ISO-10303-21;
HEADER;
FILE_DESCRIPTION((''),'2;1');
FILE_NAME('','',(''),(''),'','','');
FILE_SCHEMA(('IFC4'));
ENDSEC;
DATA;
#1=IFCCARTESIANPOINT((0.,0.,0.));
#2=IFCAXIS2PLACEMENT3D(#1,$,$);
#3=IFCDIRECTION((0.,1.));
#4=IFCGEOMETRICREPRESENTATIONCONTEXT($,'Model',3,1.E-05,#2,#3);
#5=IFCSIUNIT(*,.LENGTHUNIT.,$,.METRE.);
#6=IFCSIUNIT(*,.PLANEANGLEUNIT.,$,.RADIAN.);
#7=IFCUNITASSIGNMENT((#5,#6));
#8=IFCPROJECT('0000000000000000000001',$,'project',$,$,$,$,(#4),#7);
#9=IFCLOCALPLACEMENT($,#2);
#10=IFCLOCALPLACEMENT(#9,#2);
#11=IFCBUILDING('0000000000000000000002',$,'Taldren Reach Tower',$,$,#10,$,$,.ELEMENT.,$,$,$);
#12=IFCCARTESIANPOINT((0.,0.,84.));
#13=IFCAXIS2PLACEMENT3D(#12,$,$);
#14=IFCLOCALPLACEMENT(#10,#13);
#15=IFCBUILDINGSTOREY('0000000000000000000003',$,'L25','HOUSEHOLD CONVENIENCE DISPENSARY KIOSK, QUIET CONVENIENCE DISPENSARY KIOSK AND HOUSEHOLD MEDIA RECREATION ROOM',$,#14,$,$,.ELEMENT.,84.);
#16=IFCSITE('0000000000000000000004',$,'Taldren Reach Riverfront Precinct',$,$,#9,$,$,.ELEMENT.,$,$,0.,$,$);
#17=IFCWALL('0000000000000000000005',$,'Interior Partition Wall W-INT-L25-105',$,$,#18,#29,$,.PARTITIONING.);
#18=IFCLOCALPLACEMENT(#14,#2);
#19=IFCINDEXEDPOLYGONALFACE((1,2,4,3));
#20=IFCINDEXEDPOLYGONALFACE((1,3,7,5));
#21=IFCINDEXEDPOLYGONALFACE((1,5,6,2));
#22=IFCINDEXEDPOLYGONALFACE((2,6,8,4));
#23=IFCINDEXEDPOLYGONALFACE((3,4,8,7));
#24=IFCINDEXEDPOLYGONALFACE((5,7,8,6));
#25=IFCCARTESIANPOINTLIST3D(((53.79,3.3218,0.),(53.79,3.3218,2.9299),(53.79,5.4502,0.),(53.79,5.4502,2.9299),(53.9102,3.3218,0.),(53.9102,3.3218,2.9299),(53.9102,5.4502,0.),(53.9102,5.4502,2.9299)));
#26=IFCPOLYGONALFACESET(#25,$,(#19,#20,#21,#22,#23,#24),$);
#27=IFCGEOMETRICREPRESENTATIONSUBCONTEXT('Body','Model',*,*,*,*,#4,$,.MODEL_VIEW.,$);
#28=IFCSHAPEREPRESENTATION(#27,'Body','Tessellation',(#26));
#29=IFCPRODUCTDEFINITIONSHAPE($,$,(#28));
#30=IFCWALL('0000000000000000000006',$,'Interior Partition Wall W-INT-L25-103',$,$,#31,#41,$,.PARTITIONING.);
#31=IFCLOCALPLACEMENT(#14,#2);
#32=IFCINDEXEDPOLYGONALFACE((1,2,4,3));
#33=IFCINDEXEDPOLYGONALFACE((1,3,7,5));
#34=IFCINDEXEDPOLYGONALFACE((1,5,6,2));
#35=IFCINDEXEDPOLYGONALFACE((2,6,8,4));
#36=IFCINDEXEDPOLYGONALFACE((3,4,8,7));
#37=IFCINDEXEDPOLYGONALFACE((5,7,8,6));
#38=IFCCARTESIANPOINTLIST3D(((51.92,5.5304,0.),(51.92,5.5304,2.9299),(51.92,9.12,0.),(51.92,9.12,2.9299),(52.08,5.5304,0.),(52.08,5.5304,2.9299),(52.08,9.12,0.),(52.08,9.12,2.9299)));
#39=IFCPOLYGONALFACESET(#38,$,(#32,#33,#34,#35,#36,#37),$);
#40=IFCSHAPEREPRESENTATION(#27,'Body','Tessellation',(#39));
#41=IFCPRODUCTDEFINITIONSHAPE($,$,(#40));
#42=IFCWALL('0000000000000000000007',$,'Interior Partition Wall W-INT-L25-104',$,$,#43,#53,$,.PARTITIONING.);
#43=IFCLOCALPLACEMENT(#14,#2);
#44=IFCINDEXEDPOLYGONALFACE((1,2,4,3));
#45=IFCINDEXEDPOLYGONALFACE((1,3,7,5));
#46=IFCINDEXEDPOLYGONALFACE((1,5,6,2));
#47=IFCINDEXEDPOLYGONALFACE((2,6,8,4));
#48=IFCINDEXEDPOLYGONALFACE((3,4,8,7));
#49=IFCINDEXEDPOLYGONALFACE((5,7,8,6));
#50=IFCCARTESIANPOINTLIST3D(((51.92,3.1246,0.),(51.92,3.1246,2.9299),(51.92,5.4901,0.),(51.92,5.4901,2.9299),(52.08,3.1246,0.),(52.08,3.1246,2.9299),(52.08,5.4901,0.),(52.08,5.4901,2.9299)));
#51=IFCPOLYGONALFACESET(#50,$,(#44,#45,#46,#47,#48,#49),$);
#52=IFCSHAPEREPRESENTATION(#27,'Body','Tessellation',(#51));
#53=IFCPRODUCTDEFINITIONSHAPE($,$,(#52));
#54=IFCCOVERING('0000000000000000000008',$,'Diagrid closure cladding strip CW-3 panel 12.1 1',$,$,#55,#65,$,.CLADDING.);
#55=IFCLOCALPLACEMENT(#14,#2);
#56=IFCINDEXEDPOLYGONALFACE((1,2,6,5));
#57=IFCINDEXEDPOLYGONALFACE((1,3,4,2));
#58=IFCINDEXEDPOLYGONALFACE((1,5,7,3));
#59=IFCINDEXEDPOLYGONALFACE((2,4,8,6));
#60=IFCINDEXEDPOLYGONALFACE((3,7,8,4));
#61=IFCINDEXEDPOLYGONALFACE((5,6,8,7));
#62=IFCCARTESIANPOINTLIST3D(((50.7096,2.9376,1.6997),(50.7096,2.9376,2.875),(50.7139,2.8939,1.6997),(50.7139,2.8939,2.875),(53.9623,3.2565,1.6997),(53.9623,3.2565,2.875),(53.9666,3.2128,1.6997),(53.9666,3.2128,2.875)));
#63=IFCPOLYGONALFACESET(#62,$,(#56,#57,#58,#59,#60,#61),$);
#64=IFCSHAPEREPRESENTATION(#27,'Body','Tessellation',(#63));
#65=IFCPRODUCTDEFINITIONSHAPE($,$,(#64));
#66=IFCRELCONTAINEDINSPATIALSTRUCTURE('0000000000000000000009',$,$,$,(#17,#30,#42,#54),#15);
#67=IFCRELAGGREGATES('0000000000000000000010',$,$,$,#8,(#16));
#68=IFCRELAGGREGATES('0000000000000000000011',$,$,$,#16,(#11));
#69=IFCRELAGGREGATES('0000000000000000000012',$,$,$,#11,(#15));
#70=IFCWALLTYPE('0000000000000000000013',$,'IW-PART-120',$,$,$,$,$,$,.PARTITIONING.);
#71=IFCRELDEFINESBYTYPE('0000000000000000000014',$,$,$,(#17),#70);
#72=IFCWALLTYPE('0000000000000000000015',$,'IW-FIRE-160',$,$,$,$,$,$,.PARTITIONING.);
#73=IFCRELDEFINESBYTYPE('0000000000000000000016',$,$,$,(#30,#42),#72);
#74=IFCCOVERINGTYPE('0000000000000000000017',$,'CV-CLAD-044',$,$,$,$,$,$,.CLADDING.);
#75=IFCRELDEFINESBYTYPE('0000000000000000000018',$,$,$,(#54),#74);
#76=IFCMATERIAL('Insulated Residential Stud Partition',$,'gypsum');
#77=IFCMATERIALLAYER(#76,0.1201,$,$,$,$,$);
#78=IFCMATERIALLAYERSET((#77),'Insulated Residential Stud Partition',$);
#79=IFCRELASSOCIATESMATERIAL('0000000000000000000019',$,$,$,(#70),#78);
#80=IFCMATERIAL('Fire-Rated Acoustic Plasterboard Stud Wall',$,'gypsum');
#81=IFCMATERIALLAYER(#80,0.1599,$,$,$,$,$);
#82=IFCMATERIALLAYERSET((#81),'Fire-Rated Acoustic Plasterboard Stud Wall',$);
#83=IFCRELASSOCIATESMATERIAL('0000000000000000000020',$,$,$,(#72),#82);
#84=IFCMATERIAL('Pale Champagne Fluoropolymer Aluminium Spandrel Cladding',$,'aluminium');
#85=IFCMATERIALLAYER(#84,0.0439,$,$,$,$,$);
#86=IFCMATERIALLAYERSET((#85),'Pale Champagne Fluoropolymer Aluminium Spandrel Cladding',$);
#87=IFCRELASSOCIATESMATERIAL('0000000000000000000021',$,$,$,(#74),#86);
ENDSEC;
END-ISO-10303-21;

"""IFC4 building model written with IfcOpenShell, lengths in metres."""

from ifc_helpers import new_model, si_unit, direction, frame, frame_2d, origin, origin_2d, place, context, subcontext, project, spatial, rectangle, extrude, source, transform, mapped, material, layer, layer_set, type_object, element, save


model = new_model("IFC4")

# Units and contexts
model_context = context("Model", 3, precision=1e-05, world=origin(), true_north=direction((0.0, 1.0)))
body_context = subcontext(model_context, "Body", "Model", "MODEL_VIEW")
ifc_project = project(units=[si_unit("LENGTHUNIT", "METRE"), si_unit("PLANEANGLEUNIT", "RADIAN")], contexts=[model_context])

# Site, building, storey
site_placement = place(None, origin())
site = spatial("IfcSite", under=ifc_project, at=site_placement, Name="Taldren Reach Riverfront Precinct", CompositionType="ELEMENT", RefElevation=0.0)
building_placement = place(site_placement, origin())
building = spatial("IfcBuilding", under=site, at=building_placement, Name="Taldren Reach Tower", CompositionType="ELEMENT")
storey_placement = place(building_placement, frame((0.0, 0.0, 84.0)))
storey = spatial("IfcBuildingStorey", under=building, at=storey_placement, Name="L25", Description="HOUSEHOLD CONVENIENCE DISPENSARY KIOSK, QUIET CONVENIENCE DISPENSARY KIOSK AND HOUSEHOLD MEDIA RECREATION ROOM", CompositionType="ELEMENT", Elevation=84.0)

# Shared definitions
ifc_material_1 = material(Name="Insulated Residential Stud Partition", Category="gypsum")
ifc_layer_1 = layer(ifc_material_1, 0.1201)
ifc_layer_set_1 = layer_set([ifc_layer_1], Name="Insulated Residential Stud Partition")
wall_type_1 = type_object("IfcWallType", Name="IW-PART-120", PredefinedType="PARTITIONING", material=ifc_layer_set_1)
ifc_material_2 = material(Name="Fire-Rated Acoustic Plasterboard Stud Wall", Category="gypsum")
ifc_layer_2 = layer(ifc_material_2, 0.1599)
ifc_layer_set_2 = layer_set([ifc_layer_2], Name="Fire-Rated Acoustic Plasterboard Stud Wall")
wall_type_2 = type_object("IfcWallType", Name="IW-FIRE-160", PredefinedType="PARTITIONING", material=ifc_layer_set_2)

# Walls
shared_shape_1 = source(origin(), body_context, "Body", "SweptSolid", [
    extrude(rectangle(XDim=2.1284, YDim=0.1201, at=frame_2d((1.0642, 0.0))), origin(), (0.0, 0.0, 1.0), 2.9299),
])
wall_1_placement = place(storey_placement, frame((53.8501, 3.3218, 0.0), z_axis=(0.0, 0.0, 1.0), x_axis=(0.0, 1.0, 0.0)))
element("IfcWall", 1, at=wall_1_placement, inside=storey, type_object=wall_type_1, Name="Interior Partition Wall W-INT-L25-105", PredefinedType="PARTITIONING", context=body_context, shape_type="MappedRepresentation", body=[
    mapped(shared_shape_1, transform((0.0, 0.0, 0.0), scale=1.0)),
])
shared_shape_2 = source(origin(), body_context, "Body", "SweptSolid", [
    extrude(rectangle(XDim=3.5896, YDim=0.1599, at=frame_2d((1.7949, 0.0))), origin(), (0.0, 0.0, 1.0), 2.9299),
])
wall_2_placement = place(storey_placement, frame((52.0, 9.1201, 0.0), z_axis=(0.0, 0.0, 1.0), x_axis=(0.0, -1.0, 0.0)))
element("IfcWall", 2, at=wall_2_placement, inside=storey, type_object=wall_type_2, Name="Interior Partition Wall W-INT-L25-103", PredefinedType="PARTITIONING", context=body_context, shape_type="MappedRepresentation", body=[
    mapped(shared_shape_2, transform((0.0, 0.0, 0.0), scale=1.0)),
])
shared_shape_3 = source(origin(), body_context, "Body", "SweptSolid", [
    extrude(rectangle(XDim=2.3655, YDim=0.1599, at=frame_2d((1.1826, 0.0))), origin(), (0.0, 0.0, 1.0), 2.9299),
])
wall_3_placement = place(storey_placement, frame((52.0, 5.49, 0.0), z_axis=(0.0, 0.0, 1.0), x_axis=(0.0, -1.0, 0.0)))
element("IfcWall", 3, at=wall_3_placement, inside=storey, type_object=wall_type_2, Name="Interior Partition Wall W-INT-L25-104", PredefinedType="PARTITIONING", context=body_context, shape_type="MappedRepresentation", body=[
    mapped(shared_shape_3, transform((0.0, 0.0, 0.0), scale=1.0)),
])

# Covering
ifc_material_3 = material(Name="Pale Champagne Fluoropolymer Aluminium Spandrel Cladding", Category="aluminium")
ifc_layer_3 = layer(ifc_material_3, 0.0439)
ifc_layer_set_3 = layer_set([ifc_layer_3], Name="Pale Champagne Fluoropolymer Aluminium Spandrel Cladding")
covering_type = type_object("IfcCoveringType", Name="CV-CLAD-044", PredefinedType="CLADDING", material=ifc_layer_set_3)
shared_shape_4 = source(origin(), body_context, "Body", "SweptSolid", [
    extrude(rectangle(XDim=3.2683, YDim=0.0439, at=origin_2d()), origin(), (0.0, 0.0, 1.0), 1.1753),
])
covering_placement = place(storey_placement, frame((52.3381, 3.0752, 1.6997), z_axis=(0.0, 0.0, 1.0), x_axis=(0.995227, 0.097583, 0.0)))
element("IfcCovering", 4, at=covering_placement, inside=storey, type_object=covering_type, Name="Diagrid closure cladding strip CW-3 panel 12.1 1", PredefinedType="CLADDING", context=body_context, shape_type="MappedRepresentation", body=[
    mapped(shared_shape_4, transform((0.0, 0.0, 0.0), scale=1.0)),
])

save(model, "model.ifc")
